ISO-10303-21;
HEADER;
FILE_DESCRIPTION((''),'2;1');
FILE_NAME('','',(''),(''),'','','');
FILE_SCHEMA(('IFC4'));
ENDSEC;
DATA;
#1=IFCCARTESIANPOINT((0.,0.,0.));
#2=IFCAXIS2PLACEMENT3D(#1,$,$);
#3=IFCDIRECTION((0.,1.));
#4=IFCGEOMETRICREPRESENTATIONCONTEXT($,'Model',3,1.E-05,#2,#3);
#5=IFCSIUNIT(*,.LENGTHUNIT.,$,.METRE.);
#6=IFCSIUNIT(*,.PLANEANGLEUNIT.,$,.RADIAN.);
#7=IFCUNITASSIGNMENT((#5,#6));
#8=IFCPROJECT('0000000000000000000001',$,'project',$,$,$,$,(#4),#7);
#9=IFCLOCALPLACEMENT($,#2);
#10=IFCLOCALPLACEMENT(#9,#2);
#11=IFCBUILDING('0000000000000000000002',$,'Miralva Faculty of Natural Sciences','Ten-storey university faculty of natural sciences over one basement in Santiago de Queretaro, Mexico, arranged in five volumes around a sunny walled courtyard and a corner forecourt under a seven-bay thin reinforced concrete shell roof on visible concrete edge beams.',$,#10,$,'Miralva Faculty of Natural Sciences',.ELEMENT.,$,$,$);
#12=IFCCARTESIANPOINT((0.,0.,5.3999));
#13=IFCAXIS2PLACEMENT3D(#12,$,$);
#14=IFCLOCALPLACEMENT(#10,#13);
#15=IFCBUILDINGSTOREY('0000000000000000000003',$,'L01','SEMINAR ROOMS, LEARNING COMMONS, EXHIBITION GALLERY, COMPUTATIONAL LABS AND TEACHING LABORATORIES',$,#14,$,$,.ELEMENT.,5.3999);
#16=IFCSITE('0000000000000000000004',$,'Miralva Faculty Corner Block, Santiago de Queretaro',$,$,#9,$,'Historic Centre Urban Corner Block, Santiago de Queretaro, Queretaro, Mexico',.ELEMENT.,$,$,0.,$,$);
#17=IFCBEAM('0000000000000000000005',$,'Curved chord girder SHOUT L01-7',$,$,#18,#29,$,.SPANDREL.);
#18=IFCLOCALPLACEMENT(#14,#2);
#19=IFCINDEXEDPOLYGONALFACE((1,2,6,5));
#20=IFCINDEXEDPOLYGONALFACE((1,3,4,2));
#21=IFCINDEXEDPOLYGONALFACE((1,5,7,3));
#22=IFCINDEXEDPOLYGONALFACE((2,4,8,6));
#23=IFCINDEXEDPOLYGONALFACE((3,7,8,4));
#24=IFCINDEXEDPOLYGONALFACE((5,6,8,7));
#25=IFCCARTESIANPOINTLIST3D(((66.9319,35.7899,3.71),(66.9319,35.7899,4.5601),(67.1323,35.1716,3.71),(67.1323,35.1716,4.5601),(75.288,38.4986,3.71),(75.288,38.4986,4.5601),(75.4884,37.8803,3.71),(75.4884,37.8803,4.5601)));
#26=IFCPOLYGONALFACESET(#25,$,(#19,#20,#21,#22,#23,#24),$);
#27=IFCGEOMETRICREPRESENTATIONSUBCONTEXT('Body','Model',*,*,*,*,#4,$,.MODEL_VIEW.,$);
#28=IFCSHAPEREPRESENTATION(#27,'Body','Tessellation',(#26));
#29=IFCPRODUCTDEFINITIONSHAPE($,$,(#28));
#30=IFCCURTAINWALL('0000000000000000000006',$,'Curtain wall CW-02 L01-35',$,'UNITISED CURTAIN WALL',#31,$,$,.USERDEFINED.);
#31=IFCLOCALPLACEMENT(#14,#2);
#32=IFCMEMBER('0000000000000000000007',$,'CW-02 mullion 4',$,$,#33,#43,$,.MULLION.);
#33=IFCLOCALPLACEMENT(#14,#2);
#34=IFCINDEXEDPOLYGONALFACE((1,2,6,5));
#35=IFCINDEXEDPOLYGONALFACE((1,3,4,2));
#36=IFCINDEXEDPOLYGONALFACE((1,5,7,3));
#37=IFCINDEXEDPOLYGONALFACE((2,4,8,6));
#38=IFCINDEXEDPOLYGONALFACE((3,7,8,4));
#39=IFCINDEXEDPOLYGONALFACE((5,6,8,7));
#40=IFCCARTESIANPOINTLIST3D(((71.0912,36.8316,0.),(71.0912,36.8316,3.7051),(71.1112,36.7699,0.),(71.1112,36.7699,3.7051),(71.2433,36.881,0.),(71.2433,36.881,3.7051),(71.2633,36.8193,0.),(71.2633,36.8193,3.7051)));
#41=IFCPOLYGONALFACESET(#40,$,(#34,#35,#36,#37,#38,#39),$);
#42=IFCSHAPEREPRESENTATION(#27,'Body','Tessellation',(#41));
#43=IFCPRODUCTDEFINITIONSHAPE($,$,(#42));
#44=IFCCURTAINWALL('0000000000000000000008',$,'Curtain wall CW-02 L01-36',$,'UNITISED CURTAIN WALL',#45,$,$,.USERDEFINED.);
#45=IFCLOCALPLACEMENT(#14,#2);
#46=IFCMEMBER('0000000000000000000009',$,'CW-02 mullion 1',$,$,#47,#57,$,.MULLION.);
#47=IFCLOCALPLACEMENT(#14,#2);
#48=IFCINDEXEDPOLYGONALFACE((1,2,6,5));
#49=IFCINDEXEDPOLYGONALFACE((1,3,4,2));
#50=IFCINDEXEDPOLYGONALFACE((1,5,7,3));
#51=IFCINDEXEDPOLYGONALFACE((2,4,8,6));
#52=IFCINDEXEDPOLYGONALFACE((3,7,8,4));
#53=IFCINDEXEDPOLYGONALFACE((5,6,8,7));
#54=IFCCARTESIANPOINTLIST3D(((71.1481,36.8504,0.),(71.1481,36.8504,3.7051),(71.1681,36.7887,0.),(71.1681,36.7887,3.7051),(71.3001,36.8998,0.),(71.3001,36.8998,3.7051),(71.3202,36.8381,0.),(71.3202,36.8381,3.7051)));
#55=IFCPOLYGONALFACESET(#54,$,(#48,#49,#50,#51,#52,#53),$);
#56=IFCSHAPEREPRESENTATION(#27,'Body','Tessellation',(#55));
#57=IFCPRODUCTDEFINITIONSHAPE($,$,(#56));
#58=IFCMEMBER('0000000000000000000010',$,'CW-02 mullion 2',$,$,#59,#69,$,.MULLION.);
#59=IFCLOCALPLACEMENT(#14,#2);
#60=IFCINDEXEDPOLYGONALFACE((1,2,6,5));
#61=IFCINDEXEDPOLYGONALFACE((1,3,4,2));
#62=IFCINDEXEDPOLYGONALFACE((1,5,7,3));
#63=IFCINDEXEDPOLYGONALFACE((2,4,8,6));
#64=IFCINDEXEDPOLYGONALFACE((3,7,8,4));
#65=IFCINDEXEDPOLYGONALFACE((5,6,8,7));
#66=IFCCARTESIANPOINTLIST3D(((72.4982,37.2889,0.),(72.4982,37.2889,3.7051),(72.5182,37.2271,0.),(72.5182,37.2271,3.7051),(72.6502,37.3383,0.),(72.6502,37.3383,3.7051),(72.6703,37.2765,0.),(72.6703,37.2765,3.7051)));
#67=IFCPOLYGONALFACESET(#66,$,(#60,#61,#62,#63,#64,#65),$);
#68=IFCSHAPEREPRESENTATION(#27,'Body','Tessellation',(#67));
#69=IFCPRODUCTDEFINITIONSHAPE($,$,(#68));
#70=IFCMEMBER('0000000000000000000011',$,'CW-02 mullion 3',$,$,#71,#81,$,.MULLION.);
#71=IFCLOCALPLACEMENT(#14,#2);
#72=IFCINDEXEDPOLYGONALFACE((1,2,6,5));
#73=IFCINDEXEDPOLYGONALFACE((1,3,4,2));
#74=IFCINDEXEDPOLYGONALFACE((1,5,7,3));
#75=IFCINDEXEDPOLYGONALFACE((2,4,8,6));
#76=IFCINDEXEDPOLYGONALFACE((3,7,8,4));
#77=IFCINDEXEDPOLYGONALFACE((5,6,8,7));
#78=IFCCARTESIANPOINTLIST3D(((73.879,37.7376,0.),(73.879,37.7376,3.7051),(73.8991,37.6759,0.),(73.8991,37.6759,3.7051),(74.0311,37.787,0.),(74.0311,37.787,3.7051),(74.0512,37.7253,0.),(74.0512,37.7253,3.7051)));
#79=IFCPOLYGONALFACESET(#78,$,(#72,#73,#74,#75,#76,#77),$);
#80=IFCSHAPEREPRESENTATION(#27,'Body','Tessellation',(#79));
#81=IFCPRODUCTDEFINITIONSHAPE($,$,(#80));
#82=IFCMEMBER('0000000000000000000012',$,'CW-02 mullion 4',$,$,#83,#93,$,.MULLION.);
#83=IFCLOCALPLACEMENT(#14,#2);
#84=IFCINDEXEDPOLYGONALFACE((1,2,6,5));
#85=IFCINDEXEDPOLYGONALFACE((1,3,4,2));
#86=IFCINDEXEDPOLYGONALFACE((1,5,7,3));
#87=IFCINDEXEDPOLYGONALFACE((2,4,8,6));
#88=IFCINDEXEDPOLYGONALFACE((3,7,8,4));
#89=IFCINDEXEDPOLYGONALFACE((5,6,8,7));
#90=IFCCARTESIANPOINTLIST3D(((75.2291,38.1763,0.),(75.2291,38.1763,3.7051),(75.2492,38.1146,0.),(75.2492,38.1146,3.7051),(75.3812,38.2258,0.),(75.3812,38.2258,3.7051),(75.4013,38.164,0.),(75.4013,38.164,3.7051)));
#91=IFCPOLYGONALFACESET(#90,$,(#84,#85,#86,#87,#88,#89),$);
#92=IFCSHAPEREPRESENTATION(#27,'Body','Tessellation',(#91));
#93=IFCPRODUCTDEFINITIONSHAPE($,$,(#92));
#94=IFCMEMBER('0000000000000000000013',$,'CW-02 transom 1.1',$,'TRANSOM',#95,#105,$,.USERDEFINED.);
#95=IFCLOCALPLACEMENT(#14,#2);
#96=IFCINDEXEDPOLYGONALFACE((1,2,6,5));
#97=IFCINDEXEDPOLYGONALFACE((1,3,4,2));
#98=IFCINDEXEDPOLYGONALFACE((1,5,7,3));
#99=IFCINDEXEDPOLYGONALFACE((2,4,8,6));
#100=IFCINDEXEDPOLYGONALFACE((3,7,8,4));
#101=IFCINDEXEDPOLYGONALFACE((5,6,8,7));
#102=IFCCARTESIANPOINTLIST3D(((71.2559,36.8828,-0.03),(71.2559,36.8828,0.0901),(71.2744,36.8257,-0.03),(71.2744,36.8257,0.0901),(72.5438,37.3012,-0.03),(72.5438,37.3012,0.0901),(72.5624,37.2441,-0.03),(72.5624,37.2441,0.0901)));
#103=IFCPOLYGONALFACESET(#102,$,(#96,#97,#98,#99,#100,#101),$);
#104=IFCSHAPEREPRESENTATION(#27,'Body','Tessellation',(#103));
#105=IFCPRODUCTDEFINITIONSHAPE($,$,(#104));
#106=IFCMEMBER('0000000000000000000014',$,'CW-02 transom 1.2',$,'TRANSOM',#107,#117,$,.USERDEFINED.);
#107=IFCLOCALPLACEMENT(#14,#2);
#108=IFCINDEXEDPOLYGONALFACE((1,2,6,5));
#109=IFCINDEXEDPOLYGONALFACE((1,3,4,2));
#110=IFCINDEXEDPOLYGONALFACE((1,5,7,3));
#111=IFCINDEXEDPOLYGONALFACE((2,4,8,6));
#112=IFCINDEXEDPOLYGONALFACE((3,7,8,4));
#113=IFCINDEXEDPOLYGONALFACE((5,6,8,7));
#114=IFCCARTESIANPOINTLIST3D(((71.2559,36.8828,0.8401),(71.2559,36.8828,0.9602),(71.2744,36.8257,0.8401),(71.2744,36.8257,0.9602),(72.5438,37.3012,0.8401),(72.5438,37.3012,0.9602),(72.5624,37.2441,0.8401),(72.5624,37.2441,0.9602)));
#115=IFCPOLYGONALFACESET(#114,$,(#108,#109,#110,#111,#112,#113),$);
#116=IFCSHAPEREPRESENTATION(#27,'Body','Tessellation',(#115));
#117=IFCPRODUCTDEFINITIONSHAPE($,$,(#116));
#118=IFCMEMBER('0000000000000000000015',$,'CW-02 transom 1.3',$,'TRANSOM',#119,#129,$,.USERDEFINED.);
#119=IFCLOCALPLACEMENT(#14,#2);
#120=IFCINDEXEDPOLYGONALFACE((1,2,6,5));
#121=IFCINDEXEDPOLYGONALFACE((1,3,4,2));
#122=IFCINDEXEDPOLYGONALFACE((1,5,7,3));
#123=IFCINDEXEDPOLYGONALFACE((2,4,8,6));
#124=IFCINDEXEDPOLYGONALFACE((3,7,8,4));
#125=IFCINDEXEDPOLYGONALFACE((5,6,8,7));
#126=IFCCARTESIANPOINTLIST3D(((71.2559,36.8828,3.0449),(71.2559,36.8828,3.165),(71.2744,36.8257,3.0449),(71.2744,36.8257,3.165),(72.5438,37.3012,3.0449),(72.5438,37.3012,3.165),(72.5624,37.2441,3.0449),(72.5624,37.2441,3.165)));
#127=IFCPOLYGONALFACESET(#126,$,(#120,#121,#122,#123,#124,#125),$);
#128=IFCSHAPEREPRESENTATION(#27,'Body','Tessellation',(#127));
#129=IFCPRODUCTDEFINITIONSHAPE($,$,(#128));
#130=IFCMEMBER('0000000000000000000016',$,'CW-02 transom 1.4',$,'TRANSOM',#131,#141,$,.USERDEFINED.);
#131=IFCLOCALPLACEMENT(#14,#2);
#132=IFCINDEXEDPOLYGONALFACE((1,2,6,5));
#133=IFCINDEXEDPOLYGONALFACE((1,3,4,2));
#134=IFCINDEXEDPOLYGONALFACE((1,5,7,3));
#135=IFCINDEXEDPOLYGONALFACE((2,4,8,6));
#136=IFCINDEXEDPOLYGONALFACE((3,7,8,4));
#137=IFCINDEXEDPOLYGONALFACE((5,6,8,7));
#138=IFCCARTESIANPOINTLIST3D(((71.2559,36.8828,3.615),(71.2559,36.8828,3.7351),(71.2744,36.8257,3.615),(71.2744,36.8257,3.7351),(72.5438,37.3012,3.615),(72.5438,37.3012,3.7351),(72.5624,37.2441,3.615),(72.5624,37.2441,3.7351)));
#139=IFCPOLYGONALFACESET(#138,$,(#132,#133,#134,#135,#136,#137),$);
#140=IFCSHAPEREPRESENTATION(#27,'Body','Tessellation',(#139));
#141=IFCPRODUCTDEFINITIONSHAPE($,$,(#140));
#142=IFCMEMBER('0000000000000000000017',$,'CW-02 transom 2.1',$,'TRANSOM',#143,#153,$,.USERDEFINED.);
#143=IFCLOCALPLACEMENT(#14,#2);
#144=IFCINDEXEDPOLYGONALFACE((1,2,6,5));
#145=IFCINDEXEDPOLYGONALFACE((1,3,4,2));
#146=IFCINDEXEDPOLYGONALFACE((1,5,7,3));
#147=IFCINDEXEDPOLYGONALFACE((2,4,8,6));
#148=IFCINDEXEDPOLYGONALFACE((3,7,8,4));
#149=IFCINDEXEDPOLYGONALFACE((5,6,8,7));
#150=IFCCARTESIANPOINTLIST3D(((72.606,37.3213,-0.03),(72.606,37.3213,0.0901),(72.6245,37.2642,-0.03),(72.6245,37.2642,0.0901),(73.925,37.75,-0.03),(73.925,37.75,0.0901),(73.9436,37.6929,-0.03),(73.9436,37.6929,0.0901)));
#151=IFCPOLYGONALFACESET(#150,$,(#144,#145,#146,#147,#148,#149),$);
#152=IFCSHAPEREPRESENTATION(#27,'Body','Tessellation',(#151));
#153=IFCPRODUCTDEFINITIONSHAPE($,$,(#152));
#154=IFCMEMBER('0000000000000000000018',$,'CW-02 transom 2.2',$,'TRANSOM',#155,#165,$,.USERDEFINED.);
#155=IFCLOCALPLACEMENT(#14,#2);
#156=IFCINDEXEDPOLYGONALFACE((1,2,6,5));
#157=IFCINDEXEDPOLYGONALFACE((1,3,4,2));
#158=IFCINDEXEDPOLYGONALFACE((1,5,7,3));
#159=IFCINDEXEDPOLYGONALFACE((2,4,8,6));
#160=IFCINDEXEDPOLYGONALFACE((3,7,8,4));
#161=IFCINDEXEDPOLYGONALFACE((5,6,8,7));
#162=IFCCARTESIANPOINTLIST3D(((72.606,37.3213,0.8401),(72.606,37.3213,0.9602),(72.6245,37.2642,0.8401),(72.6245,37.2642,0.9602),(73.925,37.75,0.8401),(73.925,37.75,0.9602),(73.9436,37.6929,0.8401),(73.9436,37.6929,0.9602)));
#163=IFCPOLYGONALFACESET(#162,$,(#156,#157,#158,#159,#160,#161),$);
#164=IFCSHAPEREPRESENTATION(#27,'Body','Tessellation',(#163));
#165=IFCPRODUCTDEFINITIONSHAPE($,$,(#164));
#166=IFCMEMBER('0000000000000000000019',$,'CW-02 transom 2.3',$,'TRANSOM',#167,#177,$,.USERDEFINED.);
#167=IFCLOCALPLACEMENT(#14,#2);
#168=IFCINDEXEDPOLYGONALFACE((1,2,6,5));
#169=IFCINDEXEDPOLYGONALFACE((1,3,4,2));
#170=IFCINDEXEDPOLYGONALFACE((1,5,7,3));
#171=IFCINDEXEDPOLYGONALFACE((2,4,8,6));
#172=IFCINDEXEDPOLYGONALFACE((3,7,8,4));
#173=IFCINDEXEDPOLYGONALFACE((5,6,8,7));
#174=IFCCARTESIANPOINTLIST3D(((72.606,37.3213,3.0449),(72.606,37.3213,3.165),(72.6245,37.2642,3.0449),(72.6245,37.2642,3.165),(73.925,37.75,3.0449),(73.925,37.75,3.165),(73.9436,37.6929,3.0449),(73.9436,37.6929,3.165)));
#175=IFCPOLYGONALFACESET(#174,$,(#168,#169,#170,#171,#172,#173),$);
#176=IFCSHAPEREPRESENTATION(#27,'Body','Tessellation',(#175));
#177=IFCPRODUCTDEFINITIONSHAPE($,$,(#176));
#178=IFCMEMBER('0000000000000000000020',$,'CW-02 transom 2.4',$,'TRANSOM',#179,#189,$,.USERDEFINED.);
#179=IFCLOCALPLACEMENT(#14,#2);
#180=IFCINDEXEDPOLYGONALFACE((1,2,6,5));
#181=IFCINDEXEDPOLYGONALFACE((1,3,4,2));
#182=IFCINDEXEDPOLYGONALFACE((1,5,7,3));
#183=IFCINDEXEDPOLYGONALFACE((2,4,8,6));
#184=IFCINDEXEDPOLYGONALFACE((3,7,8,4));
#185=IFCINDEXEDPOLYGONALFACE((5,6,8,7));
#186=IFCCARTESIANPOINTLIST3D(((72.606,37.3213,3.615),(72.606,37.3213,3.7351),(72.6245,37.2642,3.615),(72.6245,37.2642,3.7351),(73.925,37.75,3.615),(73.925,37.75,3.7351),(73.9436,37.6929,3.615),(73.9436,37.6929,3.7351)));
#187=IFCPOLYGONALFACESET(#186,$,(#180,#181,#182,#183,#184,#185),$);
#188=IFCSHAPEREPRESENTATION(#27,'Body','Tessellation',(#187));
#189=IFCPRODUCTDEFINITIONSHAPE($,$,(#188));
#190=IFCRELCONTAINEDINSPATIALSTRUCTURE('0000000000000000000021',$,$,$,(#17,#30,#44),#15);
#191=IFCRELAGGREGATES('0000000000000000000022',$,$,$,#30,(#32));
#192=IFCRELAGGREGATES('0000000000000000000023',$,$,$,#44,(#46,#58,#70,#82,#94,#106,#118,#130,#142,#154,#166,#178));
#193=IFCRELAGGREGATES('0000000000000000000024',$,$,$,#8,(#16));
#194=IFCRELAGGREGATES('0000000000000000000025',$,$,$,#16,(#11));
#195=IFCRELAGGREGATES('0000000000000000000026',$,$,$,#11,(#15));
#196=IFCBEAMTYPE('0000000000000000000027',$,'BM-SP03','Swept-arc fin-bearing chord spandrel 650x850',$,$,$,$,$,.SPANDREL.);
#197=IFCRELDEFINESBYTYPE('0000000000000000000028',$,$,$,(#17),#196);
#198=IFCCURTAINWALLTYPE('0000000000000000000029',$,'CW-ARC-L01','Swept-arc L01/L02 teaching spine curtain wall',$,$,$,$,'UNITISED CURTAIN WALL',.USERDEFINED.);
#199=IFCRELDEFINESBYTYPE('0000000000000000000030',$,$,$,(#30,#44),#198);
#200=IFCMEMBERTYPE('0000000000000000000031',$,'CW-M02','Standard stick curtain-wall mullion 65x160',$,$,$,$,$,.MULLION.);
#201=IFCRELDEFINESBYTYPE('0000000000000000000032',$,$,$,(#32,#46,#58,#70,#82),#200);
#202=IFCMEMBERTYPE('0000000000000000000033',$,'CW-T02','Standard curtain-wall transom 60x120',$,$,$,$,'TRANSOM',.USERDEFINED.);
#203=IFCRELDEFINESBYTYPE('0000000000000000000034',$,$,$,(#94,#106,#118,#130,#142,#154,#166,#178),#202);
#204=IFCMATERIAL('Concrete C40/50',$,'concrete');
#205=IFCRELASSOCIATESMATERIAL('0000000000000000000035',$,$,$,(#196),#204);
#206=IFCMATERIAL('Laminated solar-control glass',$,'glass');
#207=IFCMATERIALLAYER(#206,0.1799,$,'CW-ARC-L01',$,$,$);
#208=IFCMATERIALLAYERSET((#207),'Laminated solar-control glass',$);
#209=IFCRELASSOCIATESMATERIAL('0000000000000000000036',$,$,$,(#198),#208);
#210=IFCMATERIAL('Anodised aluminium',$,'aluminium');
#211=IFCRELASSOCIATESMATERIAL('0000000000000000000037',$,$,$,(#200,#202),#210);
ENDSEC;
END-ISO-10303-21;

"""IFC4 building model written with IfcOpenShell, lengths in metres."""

from ifc_helpers import new_model, si_unit, direction, frame, origin, origin_2d, place, context, subcontext, project, spatial, rectangle, extrude, material, layer, layer_set, material_profile, profile_set, type_object, element, aggregate, save


model = new_model("IFC4")

# Units and contexts
model_context = context("Model", 3, precision=1e-05, world=origin(), true_north=direction((0.0, 1.0)))
body_context = subcontext(model_context, "Body", "Model", "MODEL_VIEW")
ifc_project = project(units=[si_unit("LENGTHUNIT", "METRE"), si_unit("PLANEANGLEUNIT", "RADIAN")], contexts=[model_context])

# Site, building, storey
site_placement = place(None, origin())
site = spatial("IfcSite", under=ifc_project, at=site_placement, Name="Miralva Faculty Corner Block, Santiago de Queretaro", LongName="Historic Centre Urban Corner Block, Santiago de Queretaro, Queretaro, Mexico", CompositionType="ELEMENT", RefElevation=0.0)
building_placement = place(site_placement, origin())
building = spatial("IfcBuilding", under=site, at=building_placement, Name="Miralva Faculty of Natural Sciences", Description="Ten-storey university faculty of natural sciences over one basement in Santiago de Queretaro, Mexico, arranged in five volumes around a sunny walled courtyard and a corner forecourt under a seven-bay thin reinforced concrete shell roof on visible concrete edge beams.", LongName="Miralva Faculty of Natural Sciences", CompositionType="ELEMENT")
storey_placement = place(building_placement, frame((0.0, 0.0, 5.3999)))
storey = spatial("IfcBuildingStorey", under=building, at=storey_placement, Name="L01", Description="SEMINAR ROOMS, LEARNING COMMONS, EXHIBITION GALLERY, COMPUTATIONAL LABS AND TEACHING LABORATORIES", CompositionType="ELEMENT", Elevation=5.3999)

# Beam
ifc_material_1 = material(Name="Concrete C40/50", Category="concrete")
ifc_material_profile_1 = material_profile(ifc_material_1, rectangle(XDim=0.6499, YDim=0.8501, at=origin_2d()), Name="RC 650x850")
ifc_profile_set_1 = profile_set([ifc_material_profile_1], Name="Concrete C40/50")
beam_type = type_object("IfcBeamType", Name="BM-SP03", Description="Swept-arc fin-bearing chord spandrel 650x850", PredefinedType="SPANDREL", material=ifc_profile_set_1)
beam_placement = place(storey_placement, frame((75.3882, 38.1895, 4.135), z_axis=(-0.951269, -0.308363, 0.0), x_axis=(0.308363, -0.951269, 0.0)))
element("IfcBeam", 1, at=beam_placement, inside=storey, type_object=beam_type, Name="Curved chord girder SHOUT L01-7", PredefinedType="SPANDREL", context=body_context, shape_type="SweptSolid", body=[
    extrude(rectangle(XDim=0.6499, YDim=0.8501, at=origin_2d()), origin(), (0.0, 0.0, 1.0), 8.7842),
])

# Curtain wall, member
ifc_material_2 = material(Name="Laminated solar-control glass", Category="glass")
ifc_layer_1 = layer(ifc_material_2, 0.1799, Name="CW-ARC-L01")
ifc_layer_set_1 = layer_set([ifc_layer_1], Name="Laminated solar-control glass")
curtain_wall_type = type_object("IfcCurtainWallType", Name="CW-ARC-L01", Description="Swept-arc L01/L02 teaching spine curtain wall", ElementType="UNITISED CURTAIN WALL", PredefinedType="USERDEFINED", material=ifc_layer_set_1)
curtain_wall_1_placement = place(storey_placement, origin())
curtain_wall_1 = element("IfcCurtainWall", 2, at=curtain_wall_1_placement, inside=storey, type_object=curtain_wall_type, Name="Curtain wall CW-02 L01-35", ObjectType="UNITISED CURTAIN WALL", PredefinedType="USERDEFINED")
ifc_material_3 = material(Name="Anodised aluminium", Category="aluminium")
ifc_material_profile_2 = material_profile(ifc_material_3, rectangle(XDim=0.0649, YDim=0.1599, at=origin_2d()), Name="MULLION 65x160")
ifc_profile_set_2 = profile_set([ifc_material_profile_2], Name="Anodised aluminium")
member_type_1 = type_object("IfcMemberType", Name="CW-M02", Description="Standard stick curtain-wall mullion 65x160", PredefinedType="MULLION", material=ifc_profile_set_2)
member_1_placement = place(storey_placement, frame((71.1772, 36.8254, 0.0), z_axis=(0.0, 0.0, 1.0), x_axis=(-0.309007, 0.95106, 0.0)))
member_1 = element("IfcMember", 3, at=member_1_placement, type_object=member_type_1, Name="CW-02 mullion 4", PredefinedType="MULLION", context=body_context, shape_type="SweptSolid", body=[
    extrude(rectangle(XDim=0.0649, YDim=0.1599, at=origin_2d()), origin(), (0.0, 0.0, 1.0), 3.7051),
])

# Curtain wall, members
curtain_wall_2_placement = place(storey_placement, origin())
curtain_wall_2 = element("IfcCurtainWall", 4, at=curtain_wall_2_placement, inside=storey, type_object=curtain_wall_type, Name="Curtain wall CW-02 L01-36", ObjectType="UNITISED CURTAIN WALL", PredefinedType="USERDEFINED")
member_2_placement = place(storey_placement, frame((71.2341, 36.8442, 0.0), z_axis=(0.0, 0.0, 1.0), x_axis=(-0.309001, 0.951062, 0.0)))
member_2 = element("IfcMember", 5, at=member_2_placement, type_object=member_type_1, Name="CW-02 mullion 1", PredefinedType="MULLION", context=body_context, shape_type="SweptSolid", body=[
    extrude(rectangle(XDim=0.0649, YDim=0.1599, at=origin_2d()), origin(), (0.0, 0.0, 1.0), 3.7051),
])
member_3_placement = place(storey_placement, frame((72.5842, 37.2827, 0.0), z_axis=(0.0, 0.0, 1.0), x_axis=(-0.309001, 0.951062, 0.0)))
member_3 = element("IfcMember", 6, at=member_3_placement, type_object=member_type_1, Name="CW-02 mullion 2", PredefinedType="MULLION", context=body_context, shape_type="SweptSolid", body=[
    extrude(rectangle(XDim=0.0649, YDim=0.1599, at=origin_2d()), origin(), (0.0, 0.0, 1.0), 3.7051),
])
member_4_placement = place(storey_placement, frame((73.9651, 37.7314, 0.0), z_axis=(0.0, 0.0, 1.0), x_axis=(-0.309001, 0.951062, 0.0)))
member_4 = element("IfcMember", 7, at=member_4_placement, type_object=member_type_1, Name="CW-02 mullion 3", PredefinedType="MULLION", context=body_context, shape_type="SweptSolid", body=[
    extrude(rectangle(XDim=0.0649, YDim=0.1599, at=origin_2d()), origin(), (0.0, 0.0, 1.0), 3.7051),
])
member_5_placement = place(storey_placement, frame((75.3152, 38.1702, 0.0), z_axis=(0.0, 0.0, 1.0), x_axis=(-0.309001, 0.951062, 0.0)))
member_5 = element("IfcMember", 8, at=member_5_placement, type_object=member_type_1, Name="CW-02 mullion 4", PredefinedType="MULLION", context=body_context, shape_type="SweptSolid", body=[
    extrude(rectangle(XDim=0.0649, YDim=0.1599, at=origin_2d()), origin(), (0.0, 0.0, 1.0), 3.7051),
])
ifc_material_profile_3 = material_profile(ifc_material_3, rectangle(XDim=0.0601, YDim=0.1201, at=origin_2d()), Name="TRANSOM 60x120")
ifc_profile_set_3 = profile_set([ifc_material_profile_3], Name="Anodised aluminium")
member_type_2 = type_object("IfcMemberType", Name="CW-T02", Description="Standard curtain-wall transom 60x120", ElementType="TRANSOM", PredefinedType="USERDEFINED", material=ifc_profile_set_3)
member_6_placement = place(storey_placement, frame((71.2651, 36.8542, 0.03), z_axis=(0.951071, 0.308972, 0.0), x_axis=(-0.308972, 0.951071, 0.0)))
member_6 = element("IfcMember", 9, at=member_6_placement, type_object=member_type_2, Name="CW-02 transom 1.1", ObjectType="TRANSOM", PredefinedType="USERDEFINED", context=body_context, shape_type="SweptSolid", body=[
    extrude(rectangle(XDim=0.0601, YDim=0.1201, at=origin_2d()), origin(), (0.0, 0.0, 1.0), 1.3542),
])
member_7_placement = place(storey_placement, frame((71.2651, 36.8542, 0.9001), z_axis=(0.951071, 0.308972, 0.0), x_axis=(-0.308972, 0.951071, 0.0)))
member_7 = element("IfcMember", 10, at=member_7_placement, type_object=member_type_2, Name="CW-02 transom 1.2", ObjectType="TRANSOM", PredefinedType="USERDEFINED", context=body_context, shape_type="SweptSolid", body=[
    extrude(rectangle(XDim=0.0601, YDim=0.1201, at=origin_2d()), origin(), (0.0, 0.0, 1.0), 1.3542),
])
member_8_placement = place(storey_placement, frame((71.2651, 36.8542, 3.105), z_axis=(0.951071, 0.308972, 0.0), x_axis=(-0.308972, 0.951071, 0.0)))
member_8 = element("IfcMember", 11, at=member_8_placement, type_object=member_type_2, Name="CW-02 transom 1.3", ObjectType="TRANSOM", PredefinedType="USERDEFINED", context=body_context, shape_type="SweptSolid", body=[
    extrude(rectangle(XDim=0.0601, YDim=0.1201, at=origin_2d()), origin(), (0.0, 0.0, 1.0), 1.3542),
])
member_9_placement = place(storey_placement, frame((71.2651, 36.8542, 3.675), z_axis=(0.951071, 0.308972, 0.0), x_axis=(-0.308972, 0.951071, 0.0)))
member_9 = element("IfcMember", 12, at=member_9_placement, type_object=member_type_2, Name="CW-02 transom 1.4", ObjectType="TRANSOM", PredefinedType="USERDEFINED", context=body_context, shape_type="SweptSolid", body=[
    extrude(rectangle(XDim=0.0601, YDim=0.1201, at=origin_2d()), origin(), (0.0, 0.0, 1.0), 1.3542),
])
member_10_placement = place(storey_placement, frame((72.6152, 37.2927, 0.03), z_axis=(0.951033, 0.30909, 0.0), x_axis=(-0.30909, 0.951033, 0.0)))
member_10 = element("IfcMember", 13, at=member_10_placement, type_object=member_type_2, Name="CW-02 transom 2.1", ObjectType="TRANSOM", PredefinedType="USERDEFINED", context=body_context, shape_type="SweptSolid", body=[
    extrude(rectangle(XDim=0.0601, YDim=0.1201, at=origin_2d()), origin(), (0.0, 0.0, 1.0), 1.387),
])
member_11_placement = place(storey_placement, frame((72.6152, 37.2927, 0.9001), z_axis=(0.951033, 0.30909, 0.0), x_axis=(-0.30909, 0.951033, 0.0)))
member_11 = element("IfcMember", 14, at=member_11_placement, type_object=member_type_2, Name="CW-02 transom 2.2", ObjectType="TRANSOM", PredefinedType="USERDEFINED", context=body_context, shape_type="SweptSolid", body=[
    extrude(rectangle(XDim=0.0601, YDim=0.1201, at=origin_2d()), origin(), (0.0, 0.0, 1.0), 1.387),
])
member_12_placement = place(storey_placement, frame((72.6152, 37.2927, 3.105), z_axis=(0.951033, 0.30909, 0.0), x_axis=(-0.30909, 0.951033, 0.0)))
member_12 = element("IfcMember", 15, at=member_12_placement, type_object=member_type_2, Name="CW-02 transom 2.3", ObjectType="TRANSOM", PredefinedType="USERDEFINED", context=body_context, shape_type="SweptSolid", body=[
    extrude(rectangle(XDim=0.0601, YDim=0.1201, at=origin_2d()), origin(), (0.0, 0.0, 1.0), 1.387),
])
member_13_placement = place(storey_placement, frame((72.6152, 37.2927, 3.675), z_axis=(0.951033, 0.30909, 0.0), x_axis=(-0.30909, 0.951033, 0.0)))
member_13 = element("IfcMember", 16, at=member_13_placement, type_object=member_type_2, Name="CW-02 transom 2.4", ObjectType="TRANSOM", PredefinedType="USERDEFINED", context=body_context, shape_type="SweptSolid", body=[
    extrude(rectangle(XDim=0.0601, YDim=0.1201, at=origin_2d()), origin(), (0.0, 0.0, 1.0), 1.387),
])

aggregate(curtain_wall_1, [member_1])
aggregate(curtain_wall_2, [member_2, member_3, member_4, member_5, member_6, member_7, member_8, member_9, member_10, member_11, member_12, member_13])

save(model, "model.ifc")
